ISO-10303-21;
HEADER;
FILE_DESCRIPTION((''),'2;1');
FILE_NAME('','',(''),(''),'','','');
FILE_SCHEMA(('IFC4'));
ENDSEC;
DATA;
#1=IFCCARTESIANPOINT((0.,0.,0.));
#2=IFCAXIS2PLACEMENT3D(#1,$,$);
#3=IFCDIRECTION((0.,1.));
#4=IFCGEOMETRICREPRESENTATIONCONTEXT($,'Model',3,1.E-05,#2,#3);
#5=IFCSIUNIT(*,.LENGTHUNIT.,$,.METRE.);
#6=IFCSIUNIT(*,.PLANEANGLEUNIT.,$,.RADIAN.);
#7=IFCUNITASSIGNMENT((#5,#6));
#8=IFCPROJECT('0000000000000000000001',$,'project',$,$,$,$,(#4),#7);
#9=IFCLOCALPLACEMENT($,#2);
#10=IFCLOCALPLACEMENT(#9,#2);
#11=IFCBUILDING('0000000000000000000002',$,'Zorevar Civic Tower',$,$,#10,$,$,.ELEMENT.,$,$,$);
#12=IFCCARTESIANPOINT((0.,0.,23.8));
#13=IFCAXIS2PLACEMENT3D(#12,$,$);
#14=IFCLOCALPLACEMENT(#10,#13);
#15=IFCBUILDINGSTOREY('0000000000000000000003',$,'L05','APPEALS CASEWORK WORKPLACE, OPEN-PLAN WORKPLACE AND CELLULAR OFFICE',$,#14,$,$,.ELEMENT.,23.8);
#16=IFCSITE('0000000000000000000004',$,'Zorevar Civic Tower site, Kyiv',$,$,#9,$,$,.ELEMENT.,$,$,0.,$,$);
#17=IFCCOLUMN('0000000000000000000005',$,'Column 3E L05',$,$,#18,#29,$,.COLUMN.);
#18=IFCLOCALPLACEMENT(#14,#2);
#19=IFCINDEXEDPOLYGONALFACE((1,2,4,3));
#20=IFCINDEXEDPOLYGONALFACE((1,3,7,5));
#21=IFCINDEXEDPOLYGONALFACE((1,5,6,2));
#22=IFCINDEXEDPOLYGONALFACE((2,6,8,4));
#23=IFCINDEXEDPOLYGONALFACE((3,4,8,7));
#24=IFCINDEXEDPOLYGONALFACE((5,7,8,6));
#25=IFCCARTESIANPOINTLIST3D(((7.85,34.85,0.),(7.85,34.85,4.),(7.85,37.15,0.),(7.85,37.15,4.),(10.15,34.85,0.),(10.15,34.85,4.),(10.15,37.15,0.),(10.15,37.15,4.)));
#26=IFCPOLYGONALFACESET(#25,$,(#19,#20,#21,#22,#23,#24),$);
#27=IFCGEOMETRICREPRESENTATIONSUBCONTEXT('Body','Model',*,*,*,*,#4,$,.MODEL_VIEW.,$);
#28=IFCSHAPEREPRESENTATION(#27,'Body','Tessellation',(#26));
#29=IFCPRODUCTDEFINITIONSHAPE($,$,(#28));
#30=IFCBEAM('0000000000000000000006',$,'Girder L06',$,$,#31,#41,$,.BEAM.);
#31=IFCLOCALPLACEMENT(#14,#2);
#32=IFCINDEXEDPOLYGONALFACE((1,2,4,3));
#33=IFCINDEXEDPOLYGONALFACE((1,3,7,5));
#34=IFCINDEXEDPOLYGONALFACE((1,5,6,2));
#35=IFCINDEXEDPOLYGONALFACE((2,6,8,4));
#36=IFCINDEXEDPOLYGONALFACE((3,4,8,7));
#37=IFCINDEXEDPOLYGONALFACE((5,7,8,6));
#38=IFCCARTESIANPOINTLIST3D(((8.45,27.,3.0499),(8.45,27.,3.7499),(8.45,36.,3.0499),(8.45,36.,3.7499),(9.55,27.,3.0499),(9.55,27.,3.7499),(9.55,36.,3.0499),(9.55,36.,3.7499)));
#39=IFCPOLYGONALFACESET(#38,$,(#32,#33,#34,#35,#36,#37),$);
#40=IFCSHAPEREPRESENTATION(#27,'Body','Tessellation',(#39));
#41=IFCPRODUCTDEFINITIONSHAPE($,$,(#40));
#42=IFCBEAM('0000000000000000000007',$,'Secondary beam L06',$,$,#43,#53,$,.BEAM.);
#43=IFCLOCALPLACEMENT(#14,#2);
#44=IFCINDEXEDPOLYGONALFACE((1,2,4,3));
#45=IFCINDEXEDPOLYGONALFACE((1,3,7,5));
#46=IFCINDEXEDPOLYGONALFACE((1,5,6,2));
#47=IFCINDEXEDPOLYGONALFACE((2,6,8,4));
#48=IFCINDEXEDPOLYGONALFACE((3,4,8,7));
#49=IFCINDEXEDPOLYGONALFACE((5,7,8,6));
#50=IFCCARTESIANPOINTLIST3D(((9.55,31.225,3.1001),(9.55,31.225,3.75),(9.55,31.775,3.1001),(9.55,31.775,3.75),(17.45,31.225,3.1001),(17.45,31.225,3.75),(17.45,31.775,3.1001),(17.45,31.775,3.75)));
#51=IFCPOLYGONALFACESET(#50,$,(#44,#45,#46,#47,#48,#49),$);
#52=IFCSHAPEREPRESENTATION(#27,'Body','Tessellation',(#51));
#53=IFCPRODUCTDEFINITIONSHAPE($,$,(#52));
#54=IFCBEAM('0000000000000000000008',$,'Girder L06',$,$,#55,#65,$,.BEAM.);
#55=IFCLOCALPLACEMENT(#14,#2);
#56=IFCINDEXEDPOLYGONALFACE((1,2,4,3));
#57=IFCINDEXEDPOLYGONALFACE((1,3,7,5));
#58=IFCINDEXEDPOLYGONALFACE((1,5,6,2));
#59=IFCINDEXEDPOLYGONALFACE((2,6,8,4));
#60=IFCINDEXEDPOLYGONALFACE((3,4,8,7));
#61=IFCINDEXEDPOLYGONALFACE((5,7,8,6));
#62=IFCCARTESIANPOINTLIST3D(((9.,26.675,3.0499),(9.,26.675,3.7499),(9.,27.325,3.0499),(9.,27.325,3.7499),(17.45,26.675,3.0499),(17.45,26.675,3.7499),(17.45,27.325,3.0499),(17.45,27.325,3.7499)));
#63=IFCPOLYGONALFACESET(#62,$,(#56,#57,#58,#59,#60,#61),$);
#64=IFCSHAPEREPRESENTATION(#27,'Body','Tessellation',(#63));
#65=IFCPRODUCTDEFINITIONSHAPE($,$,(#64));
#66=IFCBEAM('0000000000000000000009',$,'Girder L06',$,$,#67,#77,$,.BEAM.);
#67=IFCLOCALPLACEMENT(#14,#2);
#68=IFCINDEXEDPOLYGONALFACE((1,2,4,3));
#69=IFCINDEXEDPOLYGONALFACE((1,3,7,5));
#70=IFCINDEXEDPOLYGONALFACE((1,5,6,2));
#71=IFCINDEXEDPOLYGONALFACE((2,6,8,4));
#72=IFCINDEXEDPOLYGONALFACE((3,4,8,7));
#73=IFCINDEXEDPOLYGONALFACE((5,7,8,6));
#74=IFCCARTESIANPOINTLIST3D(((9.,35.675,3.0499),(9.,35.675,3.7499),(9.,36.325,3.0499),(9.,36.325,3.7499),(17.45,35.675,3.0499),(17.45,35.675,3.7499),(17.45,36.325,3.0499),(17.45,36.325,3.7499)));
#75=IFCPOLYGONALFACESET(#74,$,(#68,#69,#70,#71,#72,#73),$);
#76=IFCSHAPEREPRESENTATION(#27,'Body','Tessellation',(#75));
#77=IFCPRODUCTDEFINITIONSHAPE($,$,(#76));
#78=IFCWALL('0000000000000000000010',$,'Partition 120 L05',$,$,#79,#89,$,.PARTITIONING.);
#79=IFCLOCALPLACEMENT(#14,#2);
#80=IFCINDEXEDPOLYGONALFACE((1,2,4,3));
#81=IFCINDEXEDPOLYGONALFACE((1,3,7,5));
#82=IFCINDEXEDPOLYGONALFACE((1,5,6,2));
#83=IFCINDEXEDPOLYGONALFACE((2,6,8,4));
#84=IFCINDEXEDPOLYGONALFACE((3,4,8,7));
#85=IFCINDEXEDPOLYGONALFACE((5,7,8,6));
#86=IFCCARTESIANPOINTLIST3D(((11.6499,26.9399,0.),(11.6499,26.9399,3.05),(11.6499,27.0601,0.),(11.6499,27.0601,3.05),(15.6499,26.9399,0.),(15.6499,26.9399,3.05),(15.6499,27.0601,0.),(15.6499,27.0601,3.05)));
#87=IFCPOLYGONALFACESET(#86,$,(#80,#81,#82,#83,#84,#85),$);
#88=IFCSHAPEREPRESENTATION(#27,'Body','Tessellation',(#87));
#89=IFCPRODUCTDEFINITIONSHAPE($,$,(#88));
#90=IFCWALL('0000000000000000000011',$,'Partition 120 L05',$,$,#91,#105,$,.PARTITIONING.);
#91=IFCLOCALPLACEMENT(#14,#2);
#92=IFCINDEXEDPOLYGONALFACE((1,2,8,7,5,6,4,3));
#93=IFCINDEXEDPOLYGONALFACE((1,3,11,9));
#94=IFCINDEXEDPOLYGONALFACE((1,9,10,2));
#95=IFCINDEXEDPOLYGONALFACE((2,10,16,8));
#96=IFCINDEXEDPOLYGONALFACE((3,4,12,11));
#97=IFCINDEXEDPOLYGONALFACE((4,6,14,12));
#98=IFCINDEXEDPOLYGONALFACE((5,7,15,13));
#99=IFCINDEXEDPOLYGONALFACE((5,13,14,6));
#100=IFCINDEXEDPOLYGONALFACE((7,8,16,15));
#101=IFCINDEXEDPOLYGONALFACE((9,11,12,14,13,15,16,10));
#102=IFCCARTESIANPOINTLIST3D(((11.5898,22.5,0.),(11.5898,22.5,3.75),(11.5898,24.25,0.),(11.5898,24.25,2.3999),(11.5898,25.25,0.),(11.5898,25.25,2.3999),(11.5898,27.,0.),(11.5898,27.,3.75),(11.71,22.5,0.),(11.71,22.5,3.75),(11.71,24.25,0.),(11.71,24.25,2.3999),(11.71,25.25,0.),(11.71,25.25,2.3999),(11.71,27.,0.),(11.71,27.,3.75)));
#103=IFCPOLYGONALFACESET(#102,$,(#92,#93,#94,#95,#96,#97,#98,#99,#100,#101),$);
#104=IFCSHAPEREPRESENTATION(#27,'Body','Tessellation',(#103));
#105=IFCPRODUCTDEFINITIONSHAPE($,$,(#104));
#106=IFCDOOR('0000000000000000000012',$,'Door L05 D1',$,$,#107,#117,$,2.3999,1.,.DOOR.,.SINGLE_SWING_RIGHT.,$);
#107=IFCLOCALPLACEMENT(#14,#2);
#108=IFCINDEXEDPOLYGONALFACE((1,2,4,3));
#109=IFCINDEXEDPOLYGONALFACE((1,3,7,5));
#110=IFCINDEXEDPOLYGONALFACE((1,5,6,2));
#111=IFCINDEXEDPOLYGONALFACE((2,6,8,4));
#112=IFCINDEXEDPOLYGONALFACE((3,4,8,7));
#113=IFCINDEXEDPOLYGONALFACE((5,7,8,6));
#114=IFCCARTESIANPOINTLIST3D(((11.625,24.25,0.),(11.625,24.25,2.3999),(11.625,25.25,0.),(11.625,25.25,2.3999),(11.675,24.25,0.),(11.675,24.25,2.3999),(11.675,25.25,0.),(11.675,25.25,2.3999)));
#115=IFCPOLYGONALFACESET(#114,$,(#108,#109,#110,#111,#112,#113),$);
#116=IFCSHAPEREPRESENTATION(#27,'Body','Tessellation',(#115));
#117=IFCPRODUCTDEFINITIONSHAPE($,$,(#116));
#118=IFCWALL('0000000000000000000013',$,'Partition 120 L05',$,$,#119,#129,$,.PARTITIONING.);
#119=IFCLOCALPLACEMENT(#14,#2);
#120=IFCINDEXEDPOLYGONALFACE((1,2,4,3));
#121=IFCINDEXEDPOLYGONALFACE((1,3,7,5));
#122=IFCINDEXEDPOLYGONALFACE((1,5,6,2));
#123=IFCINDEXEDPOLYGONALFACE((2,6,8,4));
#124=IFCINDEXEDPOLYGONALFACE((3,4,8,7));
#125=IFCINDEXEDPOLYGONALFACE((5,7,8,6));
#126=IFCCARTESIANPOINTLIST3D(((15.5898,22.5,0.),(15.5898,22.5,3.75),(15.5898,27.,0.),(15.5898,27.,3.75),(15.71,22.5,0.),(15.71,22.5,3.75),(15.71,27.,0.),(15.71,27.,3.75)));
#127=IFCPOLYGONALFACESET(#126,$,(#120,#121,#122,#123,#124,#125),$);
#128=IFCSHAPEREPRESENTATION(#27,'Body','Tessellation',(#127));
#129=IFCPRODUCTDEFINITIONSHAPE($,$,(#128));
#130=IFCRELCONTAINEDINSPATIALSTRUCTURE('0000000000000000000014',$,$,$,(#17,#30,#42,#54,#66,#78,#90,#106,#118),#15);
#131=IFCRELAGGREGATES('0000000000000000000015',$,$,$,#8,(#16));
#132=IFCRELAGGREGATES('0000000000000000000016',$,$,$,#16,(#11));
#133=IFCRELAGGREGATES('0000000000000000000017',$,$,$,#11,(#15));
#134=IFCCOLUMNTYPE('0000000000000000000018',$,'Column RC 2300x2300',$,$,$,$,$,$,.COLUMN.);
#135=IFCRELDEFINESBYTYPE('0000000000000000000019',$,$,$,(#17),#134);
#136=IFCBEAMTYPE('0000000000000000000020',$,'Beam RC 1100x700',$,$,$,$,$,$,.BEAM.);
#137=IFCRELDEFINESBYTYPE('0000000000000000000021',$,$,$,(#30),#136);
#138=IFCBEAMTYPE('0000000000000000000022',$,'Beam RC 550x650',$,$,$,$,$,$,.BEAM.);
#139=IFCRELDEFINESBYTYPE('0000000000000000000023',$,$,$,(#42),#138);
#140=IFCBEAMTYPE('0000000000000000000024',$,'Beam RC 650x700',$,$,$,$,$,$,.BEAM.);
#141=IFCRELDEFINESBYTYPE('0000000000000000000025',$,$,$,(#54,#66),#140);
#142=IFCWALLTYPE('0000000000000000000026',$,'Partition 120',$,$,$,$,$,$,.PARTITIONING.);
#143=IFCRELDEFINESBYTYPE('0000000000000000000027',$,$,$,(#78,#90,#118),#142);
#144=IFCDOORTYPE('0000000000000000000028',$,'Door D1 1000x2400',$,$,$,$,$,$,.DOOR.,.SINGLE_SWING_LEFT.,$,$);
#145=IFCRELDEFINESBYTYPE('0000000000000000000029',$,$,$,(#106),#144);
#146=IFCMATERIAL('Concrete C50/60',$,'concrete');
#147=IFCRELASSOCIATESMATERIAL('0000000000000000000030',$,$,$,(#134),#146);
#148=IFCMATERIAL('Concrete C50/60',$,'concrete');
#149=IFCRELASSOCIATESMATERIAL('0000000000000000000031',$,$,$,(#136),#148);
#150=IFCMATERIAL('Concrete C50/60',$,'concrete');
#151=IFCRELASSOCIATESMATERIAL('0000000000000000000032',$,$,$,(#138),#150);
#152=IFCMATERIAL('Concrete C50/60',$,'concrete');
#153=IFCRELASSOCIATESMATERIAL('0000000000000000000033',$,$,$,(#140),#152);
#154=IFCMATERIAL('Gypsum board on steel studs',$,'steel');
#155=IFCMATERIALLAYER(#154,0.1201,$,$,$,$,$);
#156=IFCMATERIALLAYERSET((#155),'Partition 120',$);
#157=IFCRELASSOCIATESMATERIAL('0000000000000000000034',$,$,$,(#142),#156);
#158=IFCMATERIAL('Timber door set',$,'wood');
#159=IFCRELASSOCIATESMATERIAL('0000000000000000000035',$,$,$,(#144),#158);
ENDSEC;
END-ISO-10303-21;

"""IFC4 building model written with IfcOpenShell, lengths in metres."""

from ifc_helpers import new_model, si_unit, direction, frame, frame_2d, origin, origin_2d, place, context, subcontext, project, spatial, rectangle, extrude, material, layer, layer_set, material_profile, profile_set, type_object, element, fill, save


model = new_model("IFC4")

# Units and contexts
model_context = context("Model", 3, precision=1e-05, world=origin(), true_north=direction((0.0, 1.0)))
body_context = subcontext(model_context, "Body", "Model", "MODEL_VIEW")
ifc_project = project(units=[si_unit("LENGTHUNIT", "METRE"), si_unit("PLANEANGLEUNIT", "RADIAN")], contexts=[model_context])

# Site, building, storey
site_placement = place(None, origin())
site = spatial("IfcSite", under=ifc_project, at=site_placement, Name="Zorevar Civic Tower site, Kyiv", CompositionType="ELEMENT", RefElevation=0.0)
building_placement = place(site_placement, origin())
building = spatial("IfcBuilding", under=site, at=building_placement, Name="Zorevar Civic Tower", CompositionType="ELEMENT")
storey_placement = place(building_placement, frame((0.0, 0.0, 23.8)))
storey = spatial("IfcBuildingStorey", under=building, at=storey_placement, Name="L05", Description="APPEALS CASEWORK WORKPLACE, OPEN-PLAN WORKPLACE AND CELLULAR OFFICE", CompositionType="ELEMENT", Elevation=23.8)

# Column
ifc_material_1 = material(Name="Concrete C50/60", Category="concrete")
ifc_material_profile_1 = material_profile(ifc_material_1, rectangle(XDim=2.3, YDim=2.3, at=origin_2d()), Name="RC 2300x2300")
ifc_profile_set_1 = profile_set([ifc_material_profile_1], Name="Concrete C50/60")
column_type = type_object("IfcColumnType", Name="Column RC 2300x2300", PredefinedType="COLUMN", material=ifc_profile_set_1)
column_placement = place(storey_placement, frame((9.0, 36.0, 0.0), z_axis=(0.0, 0.0, 1.0), x_axis=(1.0, 0.0, 0.0)))
element("IfcColumn", 1, at=column_placement, inside=storey, type_object=column_type, Name="Column 3E L05", PredefinedType="COLUMN", context=body_context, shape_type="SweptSolid", body=[
    extrude(rectangle(XDim=2.3, YDim=2.3, at=origin_2d()), origin(), (0.0, 0.0, 1.0), 4.0),
])

# Beams
ifc_material_2 = material(Name="Concrete C50/60", Category="concrete")
ifc_material_profile_2 = material_profile(ifc_material_2, rectangle(XDim=1.1001, YDim=0.7, at=origin_2d()), Name="RC 1100x700")
ifc_profile_set_2 = profile_set([ifc_material_profile_2], Name="Concrete C50/60")
beam_type_1 = type_object("IfcBeamType", Name="Beam RC 1100x700", PredefinedType="BEAM", material=ifc_profile_set_2)
beam_1_placement = place(storey_placement, frame((9.0, 27.0, 3.3999), z_axis=(0.0, 1.0, 0.0), x_axis=(-1.0, 0.0, 0.0)))
element("IfcBeam", 2, at=beam_1_placement, inside=storey, type_object=beam_type_1, Name="Girder L06", PredefinedType="BEAM", context=body_context, shape_type="SweptSolid", body=[
    extrude(rectangle(XDim=1.1001, YDim=0.7, at=origin_2d()), origin(), (0.0, 0.0, 1.0), 9.0),
])
ifc_material_3 = material(Name="Concrete C50/60", Category="concrete")
ifc_material_profile_3 = material_profile(ifc_material_3, rectangle(XDim=0.55, YDim=0.6499, at=origin_2d()), Name="RC 550x650")
ifc_profile_set_3 = profile_set([ifc_material_profile_3], Name="Concrete C50/60")
beam_type_2 = type_object("IfcBeamType", Name="Beam RC 550x650", PredefinedType="BEAM", material=ifc_profile_set_3)
beam_2_placement = place(storey_placement, frame((9.55, 31.5, 3.425), z_axis=(1.0, 0.0, 0.0), x_axis=(0.0, 1.0, 0.0)))
element("IfcBeam", 3, at=beam_2_placement, inside=storey, type_object=beam_type_2, Name="Secondary beam L06", PredefinedType="BEAM", context=body_context, shape_type="SweptSolid", body=[
    extrude(rectangle(XDim=0.55, YDim=0.6499, at=origin_2d()), origin(), (0.0, 0.0, 1.0), 7.8999),
])
ifc_material_4 = material(Name="Concrete C50/60", Category="concrete")
ifc_material_profile_4 = material_profile(ifc_material_4, rectangle(XDim=0.6499, YDim=0.7, at=origin_2d()), Name="RC 650x700")
ifc_profile_set_4 = profile_set([ifc_material_profile_4], Name="Concrete C50/60")
beam_type_3 = type_object("IfcBeamType", Name="Beam RC 650x700", PredefinedType="BEAM", material=ifc_profile_set_4)
for number, where, z_axis, x_axis, name in (
    (4, (9.0, 27.0, 3.3999), (1.0, 0.0, 0.0), (0.0, 1.0, 0.0), "Girder L06"),
    (5, (9.0, 36.0, 3.3999), (1.0, 0.0, 0.0), (0.0, 1.0, 0.0), "Girder L06"),
):
    element("IfcBeam", number, at=place(storey_placement, frame(where, z_axis=z_axis, x_axis=x_axis)), inside=storey, type_object=beam_type_3, Name=name, PredefinedType="BEAM", context=body_context, shape_type="SweptSolid", body=[
        extrude(rectangle(XDim=0.6499, YDim=0.7, at=origin_2d()), origin(), (0.0, 0.0, 1.0), 8.45),
    ])

# Wall
ifc_material_5 = material(Name="Gypsum board on steel studs", Category="steel")
ifc_layer = layer(ifc_material_5, 0.1201)
ifc_layer_set = layer_set([ifc_layer], Name="Partition 120")
wall_type = type_object("IfcWallType", Name="Partition 120", PredefinedType="PARTITIONING", material=ifc_layer_set)
wall_1_placement = place(storey_placement, frame((11.6499, 27.0, 0.0), z_axis=(0.0, 0.0, 1.0), x_axis=(1.0, 0.0, 0.0)))
element("IfcWall", 6, at=wall_1_placement, inside=storey, type_object=wall_type, Name="Partition 120 L05", PredefinedType="PARTITIONING", context=body_context, shape_type="SweptSolid", body=[
    extrude(rectangle(XDim=4.0, YDim=0.1201, at=frame_2d((2.0, 0.0))), origin(), (0.0, 0.0, 1.0), 3.05),
])

# Wall, opening, door
wall_2_placement = place(storey_placement, frame((11.6499, 22.5, 0.0), z_axis=(0.0, 0.0, 1.0), x_axis=(0.0, 1.0, 0.0)))
wall_2 = element("IfcWall", 7, at=wall_2_placement, inside=storey, type_object=wall_type, Name="Partition 120 L05", PredefinedType="PARTITIONING", context=body_context, shape_type="SweptSolid", body=[
    extrude(rectangle(XDim=4.5, YDim=0.1201, at=frame_2d((2.25, 0.0))), origin(), (0.0, 0.0, 1.0), 3.75),
])
opening_placement = place(wall_2_placement, frame((1.75, 0.0, 0.0)))
opening = element("IfcOpeningElement", 8, at=opening_placement, cuts=wall_2, PredefinedType="OPENING", context=body_context, shape_type="SweptSolid", body=[
    extrude(rectangle(XDim=1.0, YDim=2.3999, at=frame_2d((0.5, 1.2))), frame((0.0, 0.0701, 0.0), z_axis=(0.0, -1.0, 0.0), x_axis=(1.0, 0.0, 0.0)), (0.0, 0.0, 1.0), 0.1401),
])
ifc_material_6 = material(Name="Timber door set", Category="wood")
door_type = type_object("IfcDoorType", Name="Door D1 1000x2400", OperationType="SINGLE_SWING_LEFT", PredefinedType="DOOR", material=ifc_material_6)
door_placement = place(opening_placement, origin())
door = element("IfcDoor", 9, at=door_placement, inside=storey, type_object=door_type, Name="Door L05 D1", OperationType="SINGLE_SWING_RIGHT", OverallHeight=2.3999, OverallWidth=1.0, PredefinedType="DOOR", context=body_context, shape_type="SweptSolid", body=[
    extrude(rectangle(XDim=1.0, YDim=2.3999, at=frame_2d((0.5, 1.2))), frame((0.0, 0.0249, 0.0), z_axis=(0.0, -1.0, 0.0), x_axis=(1.0, 0.0, 0.0)), (0.0, 0.0, 1.0), 0.05),
])
fill(opening, door)

# Wall
wall_3_placement = place(storey_placement, frame((15.6499, 22.5, 0.0), z_axis=(0.0, 0.0, 1.0), x_axis=(0.0, 1.0, 0.0)))
element("IfcWall", 10, at=wall_3_placement, inside=storey, type_object=wall_type, Name="Partition 120 L05", PredefinedType="PARTITIONING", context=body_context, shape_type="SweptSolid", body=[
    extrude(rectangle(XDim=4.5, YDim=0.1201, at=frame_2d((2.25, 0.0))), origin(), (0.0, 0.0, 1.0), 3.75),
])

save(model, "model.ifc")
